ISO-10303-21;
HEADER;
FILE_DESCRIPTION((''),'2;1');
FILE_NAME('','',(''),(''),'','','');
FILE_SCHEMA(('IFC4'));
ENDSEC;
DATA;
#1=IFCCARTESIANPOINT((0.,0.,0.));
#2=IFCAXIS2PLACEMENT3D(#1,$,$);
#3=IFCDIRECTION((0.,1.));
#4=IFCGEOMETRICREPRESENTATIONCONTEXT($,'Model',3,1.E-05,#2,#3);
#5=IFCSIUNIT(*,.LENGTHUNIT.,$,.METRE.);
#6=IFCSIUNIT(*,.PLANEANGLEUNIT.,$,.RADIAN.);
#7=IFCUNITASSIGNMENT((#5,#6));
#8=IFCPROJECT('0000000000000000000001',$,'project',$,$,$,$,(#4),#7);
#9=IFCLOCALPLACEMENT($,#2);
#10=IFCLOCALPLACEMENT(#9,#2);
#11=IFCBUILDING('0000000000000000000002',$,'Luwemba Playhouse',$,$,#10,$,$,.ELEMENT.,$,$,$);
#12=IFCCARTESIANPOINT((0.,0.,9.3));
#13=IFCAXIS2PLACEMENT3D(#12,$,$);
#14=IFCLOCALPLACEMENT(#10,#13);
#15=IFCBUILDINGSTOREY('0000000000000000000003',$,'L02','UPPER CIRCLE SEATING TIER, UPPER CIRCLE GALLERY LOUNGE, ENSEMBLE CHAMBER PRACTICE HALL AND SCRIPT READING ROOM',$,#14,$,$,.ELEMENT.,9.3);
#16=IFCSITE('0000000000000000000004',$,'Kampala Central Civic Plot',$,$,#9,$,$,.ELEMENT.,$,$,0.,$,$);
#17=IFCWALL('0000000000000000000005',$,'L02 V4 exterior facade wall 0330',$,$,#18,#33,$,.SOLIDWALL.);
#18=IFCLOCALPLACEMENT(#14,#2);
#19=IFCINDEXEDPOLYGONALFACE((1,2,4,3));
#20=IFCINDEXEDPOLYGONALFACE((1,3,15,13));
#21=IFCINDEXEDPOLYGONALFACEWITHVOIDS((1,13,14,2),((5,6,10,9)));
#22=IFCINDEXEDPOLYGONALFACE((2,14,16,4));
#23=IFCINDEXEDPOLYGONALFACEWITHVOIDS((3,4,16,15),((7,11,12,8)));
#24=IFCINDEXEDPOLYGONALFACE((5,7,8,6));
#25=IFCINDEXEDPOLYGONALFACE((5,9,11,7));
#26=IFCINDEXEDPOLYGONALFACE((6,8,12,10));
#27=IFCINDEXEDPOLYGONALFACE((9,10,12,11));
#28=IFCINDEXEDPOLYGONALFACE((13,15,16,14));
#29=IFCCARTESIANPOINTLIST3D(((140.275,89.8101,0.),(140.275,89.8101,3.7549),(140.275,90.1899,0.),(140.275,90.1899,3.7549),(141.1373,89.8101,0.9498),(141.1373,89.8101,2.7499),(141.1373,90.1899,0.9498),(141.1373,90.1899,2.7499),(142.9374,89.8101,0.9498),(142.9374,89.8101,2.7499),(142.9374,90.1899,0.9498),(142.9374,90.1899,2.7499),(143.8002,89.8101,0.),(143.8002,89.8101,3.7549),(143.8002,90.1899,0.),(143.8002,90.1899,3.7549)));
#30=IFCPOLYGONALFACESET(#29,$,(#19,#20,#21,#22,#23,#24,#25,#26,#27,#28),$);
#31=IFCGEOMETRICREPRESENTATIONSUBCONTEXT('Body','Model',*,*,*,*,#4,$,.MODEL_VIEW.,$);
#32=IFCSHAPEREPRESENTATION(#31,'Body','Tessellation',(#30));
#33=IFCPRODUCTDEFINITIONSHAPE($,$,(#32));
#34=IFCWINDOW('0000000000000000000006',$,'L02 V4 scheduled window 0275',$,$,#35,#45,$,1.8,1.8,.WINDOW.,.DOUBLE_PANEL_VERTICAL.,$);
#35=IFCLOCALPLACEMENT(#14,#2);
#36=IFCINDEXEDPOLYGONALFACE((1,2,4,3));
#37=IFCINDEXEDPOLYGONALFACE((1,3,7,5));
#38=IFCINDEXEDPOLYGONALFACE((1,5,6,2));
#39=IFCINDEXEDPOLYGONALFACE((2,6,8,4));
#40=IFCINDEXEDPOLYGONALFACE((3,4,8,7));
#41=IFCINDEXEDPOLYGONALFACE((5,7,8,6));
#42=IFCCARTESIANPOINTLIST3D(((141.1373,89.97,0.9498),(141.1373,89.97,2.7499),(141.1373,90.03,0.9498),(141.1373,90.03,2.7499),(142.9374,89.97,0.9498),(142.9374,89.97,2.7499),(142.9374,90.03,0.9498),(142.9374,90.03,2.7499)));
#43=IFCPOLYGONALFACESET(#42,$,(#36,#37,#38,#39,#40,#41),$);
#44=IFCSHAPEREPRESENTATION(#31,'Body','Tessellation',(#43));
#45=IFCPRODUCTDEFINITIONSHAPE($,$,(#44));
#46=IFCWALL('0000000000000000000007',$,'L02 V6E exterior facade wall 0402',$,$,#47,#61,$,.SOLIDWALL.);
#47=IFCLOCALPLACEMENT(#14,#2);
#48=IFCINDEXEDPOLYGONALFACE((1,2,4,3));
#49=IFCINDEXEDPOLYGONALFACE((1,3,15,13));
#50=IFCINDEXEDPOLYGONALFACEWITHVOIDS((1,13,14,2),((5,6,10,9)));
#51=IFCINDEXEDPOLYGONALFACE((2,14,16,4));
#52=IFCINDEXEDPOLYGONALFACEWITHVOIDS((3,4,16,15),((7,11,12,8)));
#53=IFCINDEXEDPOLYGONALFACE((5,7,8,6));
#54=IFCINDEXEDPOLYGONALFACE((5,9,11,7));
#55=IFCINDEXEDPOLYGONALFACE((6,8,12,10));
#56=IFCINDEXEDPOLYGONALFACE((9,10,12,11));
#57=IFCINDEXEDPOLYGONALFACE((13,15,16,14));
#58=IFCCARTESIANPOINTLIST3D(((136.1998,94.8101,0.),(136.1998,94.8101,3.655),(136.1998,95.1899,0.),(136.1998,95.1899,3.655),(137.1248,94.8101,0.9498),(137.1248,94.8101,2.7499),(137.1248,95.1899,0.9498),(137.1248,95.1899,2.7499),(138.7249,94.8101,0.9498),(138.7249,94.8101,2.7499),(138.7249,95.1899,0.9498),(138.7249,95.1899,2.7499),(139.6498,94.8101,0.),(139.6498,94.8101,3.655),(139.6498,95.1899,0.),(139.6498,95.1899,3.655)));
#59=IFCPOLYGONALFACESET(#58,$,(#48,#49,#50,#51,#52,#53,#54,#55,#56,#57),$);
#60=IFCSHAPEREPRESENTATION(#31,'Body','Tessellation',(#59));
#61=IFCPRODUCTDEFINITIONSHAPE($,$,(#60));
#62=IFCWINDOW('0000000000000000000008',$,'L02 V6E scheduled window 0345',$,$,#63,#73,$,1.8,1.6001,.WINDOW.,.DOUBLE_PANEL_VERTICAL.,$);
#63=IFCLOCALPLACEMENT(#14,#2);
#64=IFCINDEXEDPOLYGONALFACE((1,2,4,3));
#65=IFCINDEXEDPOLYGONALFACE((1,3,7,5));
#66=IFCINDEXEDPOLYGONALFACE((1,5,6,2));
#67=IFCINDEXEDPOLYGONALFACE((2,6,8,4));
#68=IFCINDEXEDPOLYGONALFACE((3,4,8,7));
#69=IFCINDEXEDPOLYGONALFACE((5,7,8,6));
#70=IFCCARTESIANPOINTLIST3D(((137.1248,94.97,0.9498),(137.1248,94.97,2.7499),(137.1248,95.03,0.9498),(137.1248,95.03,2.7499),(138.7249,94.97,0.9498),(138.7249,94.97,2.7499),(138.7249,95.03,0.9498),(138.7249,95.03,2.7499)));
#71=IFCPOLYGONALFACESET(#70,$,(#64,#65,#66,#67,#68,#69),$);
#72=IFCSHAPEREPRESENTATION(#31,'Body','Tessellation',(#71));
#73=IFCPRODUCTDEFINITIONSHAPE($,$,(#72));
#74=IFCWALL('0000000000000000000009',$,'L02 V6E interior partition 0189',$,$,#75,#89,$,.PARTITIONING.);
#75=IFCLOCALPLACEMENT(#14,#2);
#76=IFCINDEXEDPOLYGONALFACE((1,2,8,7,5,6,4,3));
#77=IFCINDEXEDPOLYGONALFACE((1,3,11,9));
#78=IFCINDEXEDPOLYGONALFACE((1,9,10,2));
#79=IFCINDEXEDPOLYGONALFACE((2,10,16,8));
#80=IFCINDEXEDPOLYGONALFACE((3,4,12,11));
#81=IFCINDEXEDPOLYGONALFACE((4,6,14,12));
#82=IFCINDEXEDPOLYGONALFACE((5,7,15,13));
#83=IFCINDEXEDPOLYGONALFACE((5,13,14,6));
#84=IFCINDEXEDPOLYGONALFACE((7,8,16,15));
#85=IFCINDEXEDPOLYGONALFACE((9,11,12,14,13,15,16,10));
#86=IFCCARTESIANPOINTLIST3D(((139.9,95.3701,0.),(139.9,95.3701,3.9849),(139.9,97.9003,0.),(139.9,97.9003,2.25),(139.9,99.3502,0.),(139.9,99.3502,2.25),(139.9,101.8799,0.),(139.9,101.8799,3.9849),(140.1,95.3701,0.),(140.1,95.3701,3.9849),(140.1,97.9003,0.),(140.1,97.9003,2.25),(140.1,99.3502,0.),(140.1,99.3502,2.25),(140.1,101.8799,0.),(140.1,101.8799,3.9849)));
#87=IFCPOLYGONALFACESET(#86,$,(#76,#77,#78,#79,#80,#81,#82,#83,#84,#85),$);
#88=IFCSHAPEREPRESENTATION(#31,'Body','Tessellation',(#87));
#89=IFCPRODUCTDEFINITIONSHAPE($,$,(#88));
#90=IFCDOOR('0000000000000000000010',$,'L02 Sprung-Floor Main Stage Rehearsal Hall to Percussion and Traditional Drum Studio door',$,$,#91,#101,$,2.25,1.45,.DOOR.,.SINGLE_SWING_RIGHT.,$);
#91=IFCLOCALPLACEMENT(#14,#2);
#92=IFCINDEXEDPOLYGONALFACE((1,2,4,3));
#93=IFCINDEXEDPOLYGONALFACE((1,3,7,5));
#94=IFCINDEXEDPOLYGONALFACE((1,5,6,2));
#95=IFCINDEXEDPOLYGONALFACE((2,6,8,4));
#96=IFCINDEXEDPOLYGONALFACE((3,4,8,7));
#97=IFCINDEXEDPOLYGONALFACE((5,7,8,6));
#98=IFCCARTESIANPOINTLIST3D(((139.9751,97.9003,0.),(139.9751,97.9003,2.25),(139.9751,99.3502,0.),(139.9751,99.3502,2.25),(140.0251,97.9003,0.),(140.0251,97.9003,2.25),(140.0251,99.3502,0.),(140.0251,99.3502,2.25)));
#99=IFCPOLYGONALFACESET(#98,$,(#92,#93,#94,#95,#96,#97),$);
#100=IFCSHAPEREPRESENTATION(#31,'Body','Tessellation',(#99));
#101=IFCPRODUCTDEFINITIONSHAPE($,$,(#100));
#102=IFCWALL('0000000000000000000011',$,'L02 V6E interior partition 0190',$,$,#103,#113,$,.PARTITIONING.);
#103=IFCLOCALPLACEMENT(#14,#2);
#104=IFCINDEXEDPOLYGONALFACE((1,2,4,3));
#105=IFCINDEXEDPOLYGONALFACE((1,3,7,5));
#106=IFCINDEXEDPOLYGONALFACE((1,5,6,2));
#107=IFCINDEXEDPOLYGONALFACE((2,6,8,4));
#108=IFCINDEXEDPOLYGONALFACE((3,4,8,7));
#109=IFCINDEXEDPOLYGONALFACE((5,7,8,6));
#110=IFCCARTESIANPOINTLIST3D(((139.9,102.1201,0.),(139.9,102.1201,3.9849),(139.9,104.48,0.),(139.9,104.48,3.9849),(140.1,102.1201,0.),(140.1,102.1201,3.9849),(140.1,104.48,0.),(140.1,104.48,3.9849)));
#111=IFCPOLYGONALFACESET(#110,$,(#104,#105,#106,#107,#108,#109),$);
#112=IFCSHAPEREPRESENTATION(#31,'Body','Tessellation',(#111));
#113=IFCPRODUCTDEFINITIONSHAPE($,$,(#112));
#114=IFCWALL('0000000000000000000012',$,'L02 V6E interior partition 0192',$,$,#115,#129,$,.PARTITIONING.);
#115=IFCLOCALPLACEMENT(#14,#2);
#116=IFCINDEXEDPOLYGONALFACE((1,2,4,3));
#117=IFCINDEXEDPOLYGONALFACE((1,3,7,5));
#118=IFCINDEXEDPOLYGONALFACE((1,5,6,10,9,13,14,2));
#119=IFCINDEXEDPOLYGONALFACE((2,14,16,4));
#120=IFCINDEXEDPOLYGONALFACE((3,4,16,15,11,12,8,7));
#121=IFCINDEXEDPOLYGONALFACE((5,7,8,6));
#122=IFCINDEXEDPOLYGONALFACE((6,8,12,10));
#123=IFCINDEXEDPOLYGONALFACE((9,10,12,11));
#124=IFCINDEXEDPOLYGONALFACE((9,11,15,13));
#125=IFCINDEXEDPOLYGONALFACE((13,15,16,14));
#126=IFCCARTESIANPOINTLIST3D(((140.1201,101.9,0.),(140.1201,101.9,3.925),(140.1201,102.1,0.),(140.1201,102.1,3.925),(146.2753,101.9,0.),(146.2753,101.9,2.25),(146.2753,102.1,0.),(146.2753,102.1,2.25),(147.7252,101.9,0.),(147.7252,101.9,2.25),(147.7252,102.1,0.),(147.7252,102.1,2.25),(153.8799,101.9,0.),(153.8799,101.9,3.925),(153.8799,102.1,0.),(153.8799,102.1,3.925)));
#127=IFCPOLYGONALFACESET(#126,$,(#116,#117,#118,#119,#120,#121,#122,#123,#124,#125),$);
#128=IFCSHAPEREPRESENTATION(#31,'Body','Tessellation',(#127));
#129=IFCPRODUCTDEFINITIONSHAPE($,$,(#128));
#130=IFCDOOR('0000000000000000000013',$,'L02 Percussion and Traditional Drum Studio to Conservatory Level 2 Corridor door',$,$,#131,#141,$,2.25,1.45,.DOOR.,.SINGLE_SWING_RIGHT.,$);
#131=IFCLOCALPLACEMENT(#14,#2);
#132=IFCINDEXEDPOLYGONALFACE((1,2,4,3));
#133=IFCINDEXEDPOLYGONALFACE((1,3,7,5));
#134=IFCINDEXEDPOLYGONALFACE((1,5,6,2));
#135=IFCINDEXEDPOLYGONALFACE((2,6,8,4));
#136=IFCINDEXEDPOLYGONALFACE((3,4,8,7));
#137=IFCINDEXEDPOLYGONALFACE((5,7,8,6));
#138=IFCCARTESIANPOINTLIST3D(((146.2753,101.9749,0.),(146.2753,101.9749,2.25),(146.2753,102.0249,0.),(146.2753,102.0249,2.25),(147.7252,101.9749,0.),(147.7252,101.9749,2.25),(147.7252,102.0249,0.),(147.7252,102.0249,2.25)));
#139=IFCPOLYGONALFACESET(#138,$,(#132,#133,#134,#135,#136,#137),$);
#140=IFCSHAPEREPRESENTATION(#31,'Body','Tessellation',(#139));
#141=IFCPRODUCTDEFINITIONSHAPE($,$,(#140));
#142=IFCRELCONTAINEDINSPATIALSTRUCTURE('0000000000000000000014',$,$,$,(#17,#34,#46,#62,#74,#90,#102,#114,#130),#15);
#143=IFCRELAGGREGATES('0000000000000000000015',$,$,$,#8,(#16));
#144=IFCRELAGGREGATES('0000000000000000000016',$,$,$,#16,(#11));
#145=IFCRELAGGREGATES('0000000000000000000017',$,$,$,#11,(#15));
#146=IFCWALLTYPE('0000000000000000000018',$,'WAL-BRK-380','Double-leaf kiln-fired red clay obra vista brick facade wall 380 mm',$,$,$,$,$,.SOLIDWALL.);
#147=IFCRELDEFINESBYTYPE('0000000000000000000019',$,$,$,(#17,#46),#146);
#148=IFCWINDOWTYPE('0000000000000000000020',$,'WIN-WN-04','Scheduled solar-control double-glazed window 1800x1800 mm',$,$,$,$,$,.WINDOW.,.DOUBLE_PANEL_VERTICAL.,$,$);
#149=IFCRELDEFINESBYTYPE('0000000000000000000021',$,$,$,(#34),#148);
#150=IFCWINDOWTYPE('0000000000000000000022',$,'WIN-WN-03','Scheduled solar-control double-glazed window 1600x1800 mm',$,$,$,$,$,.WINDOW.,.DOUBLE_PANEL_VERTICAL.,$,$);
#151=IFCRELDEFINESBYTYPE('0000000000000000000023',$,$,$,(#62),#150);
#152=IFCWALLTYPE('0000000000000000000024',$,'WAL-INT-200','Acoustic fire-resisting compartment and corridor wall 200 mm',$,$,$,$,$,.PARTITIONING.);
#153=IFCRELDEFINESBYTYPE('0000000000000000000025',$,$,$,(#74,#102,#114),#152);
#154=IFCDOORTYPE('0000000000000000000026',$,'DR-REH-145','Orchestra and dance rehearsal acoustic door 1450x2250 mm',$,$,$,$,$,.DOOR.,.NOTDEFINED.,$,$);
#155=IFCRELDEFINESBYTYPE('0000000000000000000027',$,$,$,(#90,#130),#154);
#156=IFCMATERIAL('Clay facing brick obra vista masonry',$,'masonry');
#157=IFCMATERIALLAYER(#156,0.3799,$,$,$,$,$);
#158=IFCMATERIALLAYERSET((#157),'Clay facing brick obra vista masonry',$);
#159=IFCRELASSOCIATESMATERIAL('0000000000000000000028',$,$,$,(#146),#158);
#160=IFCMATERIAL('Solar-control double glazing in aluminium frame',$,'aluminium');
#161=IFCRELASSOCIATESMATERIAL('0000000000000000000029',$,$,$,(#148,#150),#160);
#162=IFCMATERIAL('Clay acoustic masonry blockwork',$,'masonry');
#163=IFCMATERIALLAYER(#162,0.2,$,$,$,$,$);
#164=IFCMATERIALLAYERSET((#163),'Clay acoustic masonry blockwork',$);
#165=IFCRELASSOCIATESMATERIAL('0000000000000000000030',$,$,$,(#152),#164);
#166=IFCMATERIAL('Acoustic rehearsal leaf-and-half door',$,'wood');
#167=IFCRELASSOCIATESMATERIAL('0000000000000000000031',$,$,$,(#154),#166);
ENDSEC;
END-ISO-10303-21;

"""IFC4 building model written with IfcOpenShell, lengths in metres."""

from ifc_helpers import new_model, si_unit, direction, frame, frame_2d, origin, place, context, subcontext, project, spatial, rectangle, extrude, material, layer, layer_set, type_object, element, fill, save


model = new_model("IFC4")

# Units and contexts
model_context = context("Model", 3, precision=1e-05, world=origin(), true_north=direction((0.0, 1.0)))
body_context = subcontext(model_context, "Body", "Model", "MODEL_VIEW")
ifc_project = project(units=[si_unit("LENGTHUNIT", "METRE"), si_unit("PLANEANGLEUNIT", "RADIAN")], contexts=[model_context])

# Site, building, storey
site_placement = place(None, origin())
site = spatial("IfcSite", under=ifc_project, at=site_placement, Name="Kampala Central Civic Plot", CompositionType="ELEMENT", RefElevation=0.0)
building_placement = place(site_placement, origin())
building = spatial("IfcBuilding", under=site, at=building_placement, Name="Luwemba Playhouse", CompositionType="ELEMENT")
storey_placement = place(building_placement, frame((0.0, 0.0, 9.3)))
storey = spatial("IfcBuildingStorey", under=building, at=storey_placement, Name="L02", Description="UPPER CIRCLE SEATING TIER, UPPER CIRCLE GALLERY LOUNGE, ENSEMBLE CHAMBER PRACTICE HALL AND SCRIPT READING ROOM", CompositionType="ELEMENT", Elevation=9.3)

# Walls, openings, windows
ifc_material_1 = material(Name="Clay facing brick obra vista masonry", Category="masonry")
ifc_layer_1 = layer(ifc_material_1, 0.3799)
ifc_layer_set_1 = layer_set([ifc_layer_1], Name="Clay facing brick obra vista masonry")
wall_type_1 = type_object("IfcWallType", Name="WAL-BRK-380", Description="Double-leaf kiln-fired red clay obra vista brick facade wall 380 mm", PredefinedType="SOLIDWALL", material=ifc_layer_set_1)
wall_1_placement = place(storey_placement, frame((140.2749, 90.0, 0.0), z_axis=(0.0, 0.0, 1.0), x_axis=(1.0, 0.0, 0.0)))
wall_1 = element("IfcWall", 1, at=wall_1_placement, inside=storey, type_object=wall_type_1, Name="L02 V4 exterior facade wall 0330", PredefinedType="SOLIDWALL", context=body_context, shape_type="SweptSolid", body=[
    extrude(rectangle(XDim=3.5251, YDim=0.3799, at=frame_2d((1.7627, 0.0))), origin(), (0.0, 0.0, 1.0), 3.7549),
])
opening_1_placement = place(wall_1_placement, frame((0.8625, 0.0, 0.95)))
opening_1 = element("IfcOpeningElement", 2, at=opening_1_placement, cuts=wall_1, PredefinedType="OPENING", context=body_context, shape_type="SweptSolid", body=[
    extrude(rectangle(XDim=1.8, YDim=1.8, at=frame_2d((0.8999, 0.8999))), frame((0.0, 0.2, 0.0), z_axis=(0.0, -1.0, 0.0), x_axis=(1.0, 0.0, 0.0)), (0.0, 0.0, 1.0), 0.3999),
])
ifc_material_2 = material(Name="Solar-control double glazing in aluminium frame", Category="aluminium")
window_type_1 = type_object("IfcWindowType", Name="WIN-WN-04", Description="Scheduled solar-control double-glazed window 1800x1800 mm", PartitioningType="DOUBLE_PANEL_VERTICAL", PredefinedType="WINDOW", material=ifc_material_2)
window_1_placement = place(opening_1_placement, origin())
window_1 = element("IfcWindow", 3, at=window_1_placement, inside=storey, type_object=window_type_1, Name="L02 V4 scheduled window 0275", OverallHeight=1.8, OverallWidth=1.8, PartitioningType="DOUBLE_PANEL_VERTICAL", PredefinedType="WINDOW", context=body_context, shape_type="SweptSolid", body=[
    extrude(rectangle(XDim=1.8, YDim=1.8, at=frame_2d((0.8999, 0.8999))), frame((0.0, 0.03, 0.0), z_axis=(0.0, -1.0, 0.0), x_axis=(1.0, 0.0, 0.0)), (0.0, 0.0, 1.0), 0.0601),
])
fill(opening_1, window_1)
wall_2_placement = place(storey_placement, frame((139.6499, 95.0, 0.0), z_axis=(0.0, 0.0, 1.0), x_axis=(-1.0, 0.0, 0.0)))
wall_2 = element("IfcWall", 4, at=wall_2_placement, inside=storey, type_object=wall_type_1, Name="L02 V6E exterior facade wall 0402", PredefinedType="SOLIDWALL", context=body_context, shape_type="SweptSolid", body=[
    extrude(rectangle(XDim=3.45, YDim=0.3799, at=frame_2d((1.7251, 0.0))), origin(), (0.0, 0.0, 1.0), 3.655),
])
opening_2_placement = place(wall_2_placement, frame((0.925, 0.0, 0.95)))
opening_2 = element("IfcOpeningElement", 5, at=opening_2_placement, cuts=wall_2, PredefinedType="OPENING", context=body_context, shape_type="SweptSolid", body=[
    extrude(rectangle(XDim=1.6001, YDim=1.8, at=frame_2d((0.8, 0.8999))), frame((0.0, 0.2, 0.0), z_axis=(0.0, -1.0, 0.0), x_axis=(1.0, 0.0, 0.0)), (0.0, 0.0, 1.0), 0.3999),
])
window_type_2 = type_object("IfcWindowType", Name="WIN-WN-03", Description="Scheduled solar-control double-glazed window 1600x1800 mm", PartitioningType="DOUBLE_PANEL_VERTICAL", PredefinedType="WINDOW", material=ifc_material_2)
window_2_placement = place(opening_2_placement, origin())
window_2 = element("IfcWindow", 6, at=window_2_placement, inside=storey, type_object=window_type_2, Name="L02 V6E scheduled window 0345", OverallHeight=1.8, OverallWidth=1.6001, PartitioningType="DOUBLE_PANEL_VERTICAL", PredefinedType="WINDOW", context=body_context, shape_type="SweptSolid", body=[
    extrude(rectangle(XDim=1.6001, YDim=1.8, at=frame_2d((0.8, 0.8999))), frame((0.0, 0.03, 0.0), z_axis=(0.0, -1.0, 0.0), x_axis=(1.0, 0.0, 0.0)), (0.0, 0.0, 1.0), 0.0601),
])
fill(opening_2, window_2)

# Wall, opening, door
ifc_material_3 = material(Name="Clay acoustic masonry blockwork", Category="masonry")
ifc_layer_2 = layer(ifc_material_3, 0.2)
ifc_layer_set_2 = layer_set([ifc_layer_2], Name="Clay acoustic masonry blockwork")
wall_type_2 = type_object("IfcWallType", Name="WAL-INT-200", Description="Acoustic fire-resisting compartment and corridor wall 200 mm", PredefinedType="PARTITIONING", material=ifc_layer_set_2)
wall_3_placement = place(storey_placement, frame((140.0, 95.3701, 0.0), z_axis=(0.0, 0.0, 1.0), x_axis=(0.0, 1.0, 0.0)))
wall_3 = element("IfcWall", 7, at=wall_3_placement, inside=storey, type_object=wall_type_2, Name="L02 V6E interior partition 0189", PredefinedType="PARTITIONING", context=body_context, shape_type="SweptSolid", body=[
    extrude(rectangle(XDim=6.5098, YDim=0.2, at=frame_2d((3.2549, 0.0))), origin(), (0.0, 0.0, 1.0), 3.9849),
])
opening_3_placement = place(wall_3_placement, frame((2.53, 0.0, 0.0)))
opening_3 = element("IfcOpeningElement", 8, at=opening_3_placement, cuts=wall_3, PredefinedType="OPENING", context=body_context, shape_type="SweptSolid", body=[
    extrude(rectangle(XDim=1.45, YDim=2.25, at=frame_2d((0.7251, 1.125))), frame((0.0, 0.1099, 0.0), z_axis=(0.0, -1.0, 0.0), x_axis=(1.0, 0.0, 0.0)), (0.0, 0.0, 1.0), 0.22),
])
ifc_material_4 = material(Name="Acoustic rehearsal leaf-and-half door", Category="wood")
door_type = type_object("IfcDoorType", Name="DR-REH-145", Description="Orchestra and dance rehearsal acoustic door 1450x2250 mm", OperationType="NOTDEFINED", PredefinedType="DOOR", material=ifc_material_4)
door_1_placement = place(opening_3_placement, origin())
door_1 = element("IfcDoor", 9, at=door_1_placement, inside=storey, type_object=door_type, Name="L02 Sprung-Floor Main Stage Rehearsal Hall to Percussion and Traditional Drum Studio door", OperationType="SINGLE_SWING_RIGHT", OverallHeight=2.25, OverallWidth=1.45, PredefinedType="DOOR", context=body_context, shape_type="SweptSolid", body=[
    extrude(rectangle(XDim=1.45, YDim=2.25, at=frame_2d((0.7251, 1.125))), frame((0.0, 0.0249, 0.0), z_axis=(0.0, -1.0, 0.0), x_axis=(1.0, 0.0, 0.0)), (0.0, 0.0, 1.0), 0.05),
])
fill(opening_3, door_1)

# Wall
wall_4_placement = place(storey_placement, frame((140.0, 102.1201, 0.0), z_axis=(0.0, 0.0, 1.0), x_axis=(0.0, 1.0, 0.0)))
element("IfcWall", 10, at=wall_4_placement, inside=storey, type_object=wall_type_2, Name="L02 V6E interior partition 0190", PredefinedType="PARTITIONING", context=body_context, shape_type="SweptSolid", body=[
    extrude(rectangle(XDim=2.3599, YDim=0.2, at=frame_2d((1.1799, 0.0))), origin(), (0.0, 0.0, 1.0), 3.9849),
])

# Wall, opening, door
wall_5_placement = place(storey_placement, frame((140.1201, 102.0, 0.0), z_axis=(0.0, 0.0, 1.0), x_axis=(1.0, 0.0, 0.0)))
wall_5 = element("IfcWall", 11, at=wall_5_placement, inside=storey, type_object=wall_type_2, Name="L02 V6E interior partition 0192", PredefinedType="PARTITIONING", context=body_context, shape_type="SweptSolid", body=[
    extrude(rectangle(XDim=13.7598, YDim=0.2, at=frame_2d((6.8799, 0.0))), origin(), (0.0, 0.0, 1.0), 3.925),
])
opening_4_placement = place(wall_5_placement, frame((6.155, 0.0, 0.0)))
opening_4 = element("IfcOpeningElement", 12, at=opening_4_placement, cuts=wall_5, PredefinedType="OPENING", context=body_context, shape_type="SweptSolid", body=[
    extrude(rectangle(XDim=1.45, YDim=2.25, at=frame_2d((0.7251, 1.125))), frame((0.0, 0.1099, 0.0), z_axis=(0.0, -1.0, 0.0), x_axis=(1.0, 0.0, 0.0)), (0.0, 0.0, 1.0), 0.22),
])
door_2_placement = place(opening_4_placement, origin())
door_2 = element("IfcDoor", 13, at=door_2_placement, inside=storey, type_object=door_type, Name="L02 Percussion and Traditional Drum Studio to Conservatory Level 2 Corridor door", OperationType="SINGLE_SWING_RIGHT", OverallHeight=2.25, OverallWidth=1.45, PredefinedType="DOOR", context=body_context, shape_type="SweptSolid", body=[
    extrude(rectangle(XDim=1.45, YDim=2.25, at=frame_2d((0.7251, 1.125))), frame((0.0, 0.0249, 0.0), z_axis=(0.0, -1.0, 0.0), x_axis=(1.0, 0.0, 0.0)), (0.0, 0.0, 1.0), 0.05),
])
fill(opening_4, door_2)

save(model, "model.ifc")
